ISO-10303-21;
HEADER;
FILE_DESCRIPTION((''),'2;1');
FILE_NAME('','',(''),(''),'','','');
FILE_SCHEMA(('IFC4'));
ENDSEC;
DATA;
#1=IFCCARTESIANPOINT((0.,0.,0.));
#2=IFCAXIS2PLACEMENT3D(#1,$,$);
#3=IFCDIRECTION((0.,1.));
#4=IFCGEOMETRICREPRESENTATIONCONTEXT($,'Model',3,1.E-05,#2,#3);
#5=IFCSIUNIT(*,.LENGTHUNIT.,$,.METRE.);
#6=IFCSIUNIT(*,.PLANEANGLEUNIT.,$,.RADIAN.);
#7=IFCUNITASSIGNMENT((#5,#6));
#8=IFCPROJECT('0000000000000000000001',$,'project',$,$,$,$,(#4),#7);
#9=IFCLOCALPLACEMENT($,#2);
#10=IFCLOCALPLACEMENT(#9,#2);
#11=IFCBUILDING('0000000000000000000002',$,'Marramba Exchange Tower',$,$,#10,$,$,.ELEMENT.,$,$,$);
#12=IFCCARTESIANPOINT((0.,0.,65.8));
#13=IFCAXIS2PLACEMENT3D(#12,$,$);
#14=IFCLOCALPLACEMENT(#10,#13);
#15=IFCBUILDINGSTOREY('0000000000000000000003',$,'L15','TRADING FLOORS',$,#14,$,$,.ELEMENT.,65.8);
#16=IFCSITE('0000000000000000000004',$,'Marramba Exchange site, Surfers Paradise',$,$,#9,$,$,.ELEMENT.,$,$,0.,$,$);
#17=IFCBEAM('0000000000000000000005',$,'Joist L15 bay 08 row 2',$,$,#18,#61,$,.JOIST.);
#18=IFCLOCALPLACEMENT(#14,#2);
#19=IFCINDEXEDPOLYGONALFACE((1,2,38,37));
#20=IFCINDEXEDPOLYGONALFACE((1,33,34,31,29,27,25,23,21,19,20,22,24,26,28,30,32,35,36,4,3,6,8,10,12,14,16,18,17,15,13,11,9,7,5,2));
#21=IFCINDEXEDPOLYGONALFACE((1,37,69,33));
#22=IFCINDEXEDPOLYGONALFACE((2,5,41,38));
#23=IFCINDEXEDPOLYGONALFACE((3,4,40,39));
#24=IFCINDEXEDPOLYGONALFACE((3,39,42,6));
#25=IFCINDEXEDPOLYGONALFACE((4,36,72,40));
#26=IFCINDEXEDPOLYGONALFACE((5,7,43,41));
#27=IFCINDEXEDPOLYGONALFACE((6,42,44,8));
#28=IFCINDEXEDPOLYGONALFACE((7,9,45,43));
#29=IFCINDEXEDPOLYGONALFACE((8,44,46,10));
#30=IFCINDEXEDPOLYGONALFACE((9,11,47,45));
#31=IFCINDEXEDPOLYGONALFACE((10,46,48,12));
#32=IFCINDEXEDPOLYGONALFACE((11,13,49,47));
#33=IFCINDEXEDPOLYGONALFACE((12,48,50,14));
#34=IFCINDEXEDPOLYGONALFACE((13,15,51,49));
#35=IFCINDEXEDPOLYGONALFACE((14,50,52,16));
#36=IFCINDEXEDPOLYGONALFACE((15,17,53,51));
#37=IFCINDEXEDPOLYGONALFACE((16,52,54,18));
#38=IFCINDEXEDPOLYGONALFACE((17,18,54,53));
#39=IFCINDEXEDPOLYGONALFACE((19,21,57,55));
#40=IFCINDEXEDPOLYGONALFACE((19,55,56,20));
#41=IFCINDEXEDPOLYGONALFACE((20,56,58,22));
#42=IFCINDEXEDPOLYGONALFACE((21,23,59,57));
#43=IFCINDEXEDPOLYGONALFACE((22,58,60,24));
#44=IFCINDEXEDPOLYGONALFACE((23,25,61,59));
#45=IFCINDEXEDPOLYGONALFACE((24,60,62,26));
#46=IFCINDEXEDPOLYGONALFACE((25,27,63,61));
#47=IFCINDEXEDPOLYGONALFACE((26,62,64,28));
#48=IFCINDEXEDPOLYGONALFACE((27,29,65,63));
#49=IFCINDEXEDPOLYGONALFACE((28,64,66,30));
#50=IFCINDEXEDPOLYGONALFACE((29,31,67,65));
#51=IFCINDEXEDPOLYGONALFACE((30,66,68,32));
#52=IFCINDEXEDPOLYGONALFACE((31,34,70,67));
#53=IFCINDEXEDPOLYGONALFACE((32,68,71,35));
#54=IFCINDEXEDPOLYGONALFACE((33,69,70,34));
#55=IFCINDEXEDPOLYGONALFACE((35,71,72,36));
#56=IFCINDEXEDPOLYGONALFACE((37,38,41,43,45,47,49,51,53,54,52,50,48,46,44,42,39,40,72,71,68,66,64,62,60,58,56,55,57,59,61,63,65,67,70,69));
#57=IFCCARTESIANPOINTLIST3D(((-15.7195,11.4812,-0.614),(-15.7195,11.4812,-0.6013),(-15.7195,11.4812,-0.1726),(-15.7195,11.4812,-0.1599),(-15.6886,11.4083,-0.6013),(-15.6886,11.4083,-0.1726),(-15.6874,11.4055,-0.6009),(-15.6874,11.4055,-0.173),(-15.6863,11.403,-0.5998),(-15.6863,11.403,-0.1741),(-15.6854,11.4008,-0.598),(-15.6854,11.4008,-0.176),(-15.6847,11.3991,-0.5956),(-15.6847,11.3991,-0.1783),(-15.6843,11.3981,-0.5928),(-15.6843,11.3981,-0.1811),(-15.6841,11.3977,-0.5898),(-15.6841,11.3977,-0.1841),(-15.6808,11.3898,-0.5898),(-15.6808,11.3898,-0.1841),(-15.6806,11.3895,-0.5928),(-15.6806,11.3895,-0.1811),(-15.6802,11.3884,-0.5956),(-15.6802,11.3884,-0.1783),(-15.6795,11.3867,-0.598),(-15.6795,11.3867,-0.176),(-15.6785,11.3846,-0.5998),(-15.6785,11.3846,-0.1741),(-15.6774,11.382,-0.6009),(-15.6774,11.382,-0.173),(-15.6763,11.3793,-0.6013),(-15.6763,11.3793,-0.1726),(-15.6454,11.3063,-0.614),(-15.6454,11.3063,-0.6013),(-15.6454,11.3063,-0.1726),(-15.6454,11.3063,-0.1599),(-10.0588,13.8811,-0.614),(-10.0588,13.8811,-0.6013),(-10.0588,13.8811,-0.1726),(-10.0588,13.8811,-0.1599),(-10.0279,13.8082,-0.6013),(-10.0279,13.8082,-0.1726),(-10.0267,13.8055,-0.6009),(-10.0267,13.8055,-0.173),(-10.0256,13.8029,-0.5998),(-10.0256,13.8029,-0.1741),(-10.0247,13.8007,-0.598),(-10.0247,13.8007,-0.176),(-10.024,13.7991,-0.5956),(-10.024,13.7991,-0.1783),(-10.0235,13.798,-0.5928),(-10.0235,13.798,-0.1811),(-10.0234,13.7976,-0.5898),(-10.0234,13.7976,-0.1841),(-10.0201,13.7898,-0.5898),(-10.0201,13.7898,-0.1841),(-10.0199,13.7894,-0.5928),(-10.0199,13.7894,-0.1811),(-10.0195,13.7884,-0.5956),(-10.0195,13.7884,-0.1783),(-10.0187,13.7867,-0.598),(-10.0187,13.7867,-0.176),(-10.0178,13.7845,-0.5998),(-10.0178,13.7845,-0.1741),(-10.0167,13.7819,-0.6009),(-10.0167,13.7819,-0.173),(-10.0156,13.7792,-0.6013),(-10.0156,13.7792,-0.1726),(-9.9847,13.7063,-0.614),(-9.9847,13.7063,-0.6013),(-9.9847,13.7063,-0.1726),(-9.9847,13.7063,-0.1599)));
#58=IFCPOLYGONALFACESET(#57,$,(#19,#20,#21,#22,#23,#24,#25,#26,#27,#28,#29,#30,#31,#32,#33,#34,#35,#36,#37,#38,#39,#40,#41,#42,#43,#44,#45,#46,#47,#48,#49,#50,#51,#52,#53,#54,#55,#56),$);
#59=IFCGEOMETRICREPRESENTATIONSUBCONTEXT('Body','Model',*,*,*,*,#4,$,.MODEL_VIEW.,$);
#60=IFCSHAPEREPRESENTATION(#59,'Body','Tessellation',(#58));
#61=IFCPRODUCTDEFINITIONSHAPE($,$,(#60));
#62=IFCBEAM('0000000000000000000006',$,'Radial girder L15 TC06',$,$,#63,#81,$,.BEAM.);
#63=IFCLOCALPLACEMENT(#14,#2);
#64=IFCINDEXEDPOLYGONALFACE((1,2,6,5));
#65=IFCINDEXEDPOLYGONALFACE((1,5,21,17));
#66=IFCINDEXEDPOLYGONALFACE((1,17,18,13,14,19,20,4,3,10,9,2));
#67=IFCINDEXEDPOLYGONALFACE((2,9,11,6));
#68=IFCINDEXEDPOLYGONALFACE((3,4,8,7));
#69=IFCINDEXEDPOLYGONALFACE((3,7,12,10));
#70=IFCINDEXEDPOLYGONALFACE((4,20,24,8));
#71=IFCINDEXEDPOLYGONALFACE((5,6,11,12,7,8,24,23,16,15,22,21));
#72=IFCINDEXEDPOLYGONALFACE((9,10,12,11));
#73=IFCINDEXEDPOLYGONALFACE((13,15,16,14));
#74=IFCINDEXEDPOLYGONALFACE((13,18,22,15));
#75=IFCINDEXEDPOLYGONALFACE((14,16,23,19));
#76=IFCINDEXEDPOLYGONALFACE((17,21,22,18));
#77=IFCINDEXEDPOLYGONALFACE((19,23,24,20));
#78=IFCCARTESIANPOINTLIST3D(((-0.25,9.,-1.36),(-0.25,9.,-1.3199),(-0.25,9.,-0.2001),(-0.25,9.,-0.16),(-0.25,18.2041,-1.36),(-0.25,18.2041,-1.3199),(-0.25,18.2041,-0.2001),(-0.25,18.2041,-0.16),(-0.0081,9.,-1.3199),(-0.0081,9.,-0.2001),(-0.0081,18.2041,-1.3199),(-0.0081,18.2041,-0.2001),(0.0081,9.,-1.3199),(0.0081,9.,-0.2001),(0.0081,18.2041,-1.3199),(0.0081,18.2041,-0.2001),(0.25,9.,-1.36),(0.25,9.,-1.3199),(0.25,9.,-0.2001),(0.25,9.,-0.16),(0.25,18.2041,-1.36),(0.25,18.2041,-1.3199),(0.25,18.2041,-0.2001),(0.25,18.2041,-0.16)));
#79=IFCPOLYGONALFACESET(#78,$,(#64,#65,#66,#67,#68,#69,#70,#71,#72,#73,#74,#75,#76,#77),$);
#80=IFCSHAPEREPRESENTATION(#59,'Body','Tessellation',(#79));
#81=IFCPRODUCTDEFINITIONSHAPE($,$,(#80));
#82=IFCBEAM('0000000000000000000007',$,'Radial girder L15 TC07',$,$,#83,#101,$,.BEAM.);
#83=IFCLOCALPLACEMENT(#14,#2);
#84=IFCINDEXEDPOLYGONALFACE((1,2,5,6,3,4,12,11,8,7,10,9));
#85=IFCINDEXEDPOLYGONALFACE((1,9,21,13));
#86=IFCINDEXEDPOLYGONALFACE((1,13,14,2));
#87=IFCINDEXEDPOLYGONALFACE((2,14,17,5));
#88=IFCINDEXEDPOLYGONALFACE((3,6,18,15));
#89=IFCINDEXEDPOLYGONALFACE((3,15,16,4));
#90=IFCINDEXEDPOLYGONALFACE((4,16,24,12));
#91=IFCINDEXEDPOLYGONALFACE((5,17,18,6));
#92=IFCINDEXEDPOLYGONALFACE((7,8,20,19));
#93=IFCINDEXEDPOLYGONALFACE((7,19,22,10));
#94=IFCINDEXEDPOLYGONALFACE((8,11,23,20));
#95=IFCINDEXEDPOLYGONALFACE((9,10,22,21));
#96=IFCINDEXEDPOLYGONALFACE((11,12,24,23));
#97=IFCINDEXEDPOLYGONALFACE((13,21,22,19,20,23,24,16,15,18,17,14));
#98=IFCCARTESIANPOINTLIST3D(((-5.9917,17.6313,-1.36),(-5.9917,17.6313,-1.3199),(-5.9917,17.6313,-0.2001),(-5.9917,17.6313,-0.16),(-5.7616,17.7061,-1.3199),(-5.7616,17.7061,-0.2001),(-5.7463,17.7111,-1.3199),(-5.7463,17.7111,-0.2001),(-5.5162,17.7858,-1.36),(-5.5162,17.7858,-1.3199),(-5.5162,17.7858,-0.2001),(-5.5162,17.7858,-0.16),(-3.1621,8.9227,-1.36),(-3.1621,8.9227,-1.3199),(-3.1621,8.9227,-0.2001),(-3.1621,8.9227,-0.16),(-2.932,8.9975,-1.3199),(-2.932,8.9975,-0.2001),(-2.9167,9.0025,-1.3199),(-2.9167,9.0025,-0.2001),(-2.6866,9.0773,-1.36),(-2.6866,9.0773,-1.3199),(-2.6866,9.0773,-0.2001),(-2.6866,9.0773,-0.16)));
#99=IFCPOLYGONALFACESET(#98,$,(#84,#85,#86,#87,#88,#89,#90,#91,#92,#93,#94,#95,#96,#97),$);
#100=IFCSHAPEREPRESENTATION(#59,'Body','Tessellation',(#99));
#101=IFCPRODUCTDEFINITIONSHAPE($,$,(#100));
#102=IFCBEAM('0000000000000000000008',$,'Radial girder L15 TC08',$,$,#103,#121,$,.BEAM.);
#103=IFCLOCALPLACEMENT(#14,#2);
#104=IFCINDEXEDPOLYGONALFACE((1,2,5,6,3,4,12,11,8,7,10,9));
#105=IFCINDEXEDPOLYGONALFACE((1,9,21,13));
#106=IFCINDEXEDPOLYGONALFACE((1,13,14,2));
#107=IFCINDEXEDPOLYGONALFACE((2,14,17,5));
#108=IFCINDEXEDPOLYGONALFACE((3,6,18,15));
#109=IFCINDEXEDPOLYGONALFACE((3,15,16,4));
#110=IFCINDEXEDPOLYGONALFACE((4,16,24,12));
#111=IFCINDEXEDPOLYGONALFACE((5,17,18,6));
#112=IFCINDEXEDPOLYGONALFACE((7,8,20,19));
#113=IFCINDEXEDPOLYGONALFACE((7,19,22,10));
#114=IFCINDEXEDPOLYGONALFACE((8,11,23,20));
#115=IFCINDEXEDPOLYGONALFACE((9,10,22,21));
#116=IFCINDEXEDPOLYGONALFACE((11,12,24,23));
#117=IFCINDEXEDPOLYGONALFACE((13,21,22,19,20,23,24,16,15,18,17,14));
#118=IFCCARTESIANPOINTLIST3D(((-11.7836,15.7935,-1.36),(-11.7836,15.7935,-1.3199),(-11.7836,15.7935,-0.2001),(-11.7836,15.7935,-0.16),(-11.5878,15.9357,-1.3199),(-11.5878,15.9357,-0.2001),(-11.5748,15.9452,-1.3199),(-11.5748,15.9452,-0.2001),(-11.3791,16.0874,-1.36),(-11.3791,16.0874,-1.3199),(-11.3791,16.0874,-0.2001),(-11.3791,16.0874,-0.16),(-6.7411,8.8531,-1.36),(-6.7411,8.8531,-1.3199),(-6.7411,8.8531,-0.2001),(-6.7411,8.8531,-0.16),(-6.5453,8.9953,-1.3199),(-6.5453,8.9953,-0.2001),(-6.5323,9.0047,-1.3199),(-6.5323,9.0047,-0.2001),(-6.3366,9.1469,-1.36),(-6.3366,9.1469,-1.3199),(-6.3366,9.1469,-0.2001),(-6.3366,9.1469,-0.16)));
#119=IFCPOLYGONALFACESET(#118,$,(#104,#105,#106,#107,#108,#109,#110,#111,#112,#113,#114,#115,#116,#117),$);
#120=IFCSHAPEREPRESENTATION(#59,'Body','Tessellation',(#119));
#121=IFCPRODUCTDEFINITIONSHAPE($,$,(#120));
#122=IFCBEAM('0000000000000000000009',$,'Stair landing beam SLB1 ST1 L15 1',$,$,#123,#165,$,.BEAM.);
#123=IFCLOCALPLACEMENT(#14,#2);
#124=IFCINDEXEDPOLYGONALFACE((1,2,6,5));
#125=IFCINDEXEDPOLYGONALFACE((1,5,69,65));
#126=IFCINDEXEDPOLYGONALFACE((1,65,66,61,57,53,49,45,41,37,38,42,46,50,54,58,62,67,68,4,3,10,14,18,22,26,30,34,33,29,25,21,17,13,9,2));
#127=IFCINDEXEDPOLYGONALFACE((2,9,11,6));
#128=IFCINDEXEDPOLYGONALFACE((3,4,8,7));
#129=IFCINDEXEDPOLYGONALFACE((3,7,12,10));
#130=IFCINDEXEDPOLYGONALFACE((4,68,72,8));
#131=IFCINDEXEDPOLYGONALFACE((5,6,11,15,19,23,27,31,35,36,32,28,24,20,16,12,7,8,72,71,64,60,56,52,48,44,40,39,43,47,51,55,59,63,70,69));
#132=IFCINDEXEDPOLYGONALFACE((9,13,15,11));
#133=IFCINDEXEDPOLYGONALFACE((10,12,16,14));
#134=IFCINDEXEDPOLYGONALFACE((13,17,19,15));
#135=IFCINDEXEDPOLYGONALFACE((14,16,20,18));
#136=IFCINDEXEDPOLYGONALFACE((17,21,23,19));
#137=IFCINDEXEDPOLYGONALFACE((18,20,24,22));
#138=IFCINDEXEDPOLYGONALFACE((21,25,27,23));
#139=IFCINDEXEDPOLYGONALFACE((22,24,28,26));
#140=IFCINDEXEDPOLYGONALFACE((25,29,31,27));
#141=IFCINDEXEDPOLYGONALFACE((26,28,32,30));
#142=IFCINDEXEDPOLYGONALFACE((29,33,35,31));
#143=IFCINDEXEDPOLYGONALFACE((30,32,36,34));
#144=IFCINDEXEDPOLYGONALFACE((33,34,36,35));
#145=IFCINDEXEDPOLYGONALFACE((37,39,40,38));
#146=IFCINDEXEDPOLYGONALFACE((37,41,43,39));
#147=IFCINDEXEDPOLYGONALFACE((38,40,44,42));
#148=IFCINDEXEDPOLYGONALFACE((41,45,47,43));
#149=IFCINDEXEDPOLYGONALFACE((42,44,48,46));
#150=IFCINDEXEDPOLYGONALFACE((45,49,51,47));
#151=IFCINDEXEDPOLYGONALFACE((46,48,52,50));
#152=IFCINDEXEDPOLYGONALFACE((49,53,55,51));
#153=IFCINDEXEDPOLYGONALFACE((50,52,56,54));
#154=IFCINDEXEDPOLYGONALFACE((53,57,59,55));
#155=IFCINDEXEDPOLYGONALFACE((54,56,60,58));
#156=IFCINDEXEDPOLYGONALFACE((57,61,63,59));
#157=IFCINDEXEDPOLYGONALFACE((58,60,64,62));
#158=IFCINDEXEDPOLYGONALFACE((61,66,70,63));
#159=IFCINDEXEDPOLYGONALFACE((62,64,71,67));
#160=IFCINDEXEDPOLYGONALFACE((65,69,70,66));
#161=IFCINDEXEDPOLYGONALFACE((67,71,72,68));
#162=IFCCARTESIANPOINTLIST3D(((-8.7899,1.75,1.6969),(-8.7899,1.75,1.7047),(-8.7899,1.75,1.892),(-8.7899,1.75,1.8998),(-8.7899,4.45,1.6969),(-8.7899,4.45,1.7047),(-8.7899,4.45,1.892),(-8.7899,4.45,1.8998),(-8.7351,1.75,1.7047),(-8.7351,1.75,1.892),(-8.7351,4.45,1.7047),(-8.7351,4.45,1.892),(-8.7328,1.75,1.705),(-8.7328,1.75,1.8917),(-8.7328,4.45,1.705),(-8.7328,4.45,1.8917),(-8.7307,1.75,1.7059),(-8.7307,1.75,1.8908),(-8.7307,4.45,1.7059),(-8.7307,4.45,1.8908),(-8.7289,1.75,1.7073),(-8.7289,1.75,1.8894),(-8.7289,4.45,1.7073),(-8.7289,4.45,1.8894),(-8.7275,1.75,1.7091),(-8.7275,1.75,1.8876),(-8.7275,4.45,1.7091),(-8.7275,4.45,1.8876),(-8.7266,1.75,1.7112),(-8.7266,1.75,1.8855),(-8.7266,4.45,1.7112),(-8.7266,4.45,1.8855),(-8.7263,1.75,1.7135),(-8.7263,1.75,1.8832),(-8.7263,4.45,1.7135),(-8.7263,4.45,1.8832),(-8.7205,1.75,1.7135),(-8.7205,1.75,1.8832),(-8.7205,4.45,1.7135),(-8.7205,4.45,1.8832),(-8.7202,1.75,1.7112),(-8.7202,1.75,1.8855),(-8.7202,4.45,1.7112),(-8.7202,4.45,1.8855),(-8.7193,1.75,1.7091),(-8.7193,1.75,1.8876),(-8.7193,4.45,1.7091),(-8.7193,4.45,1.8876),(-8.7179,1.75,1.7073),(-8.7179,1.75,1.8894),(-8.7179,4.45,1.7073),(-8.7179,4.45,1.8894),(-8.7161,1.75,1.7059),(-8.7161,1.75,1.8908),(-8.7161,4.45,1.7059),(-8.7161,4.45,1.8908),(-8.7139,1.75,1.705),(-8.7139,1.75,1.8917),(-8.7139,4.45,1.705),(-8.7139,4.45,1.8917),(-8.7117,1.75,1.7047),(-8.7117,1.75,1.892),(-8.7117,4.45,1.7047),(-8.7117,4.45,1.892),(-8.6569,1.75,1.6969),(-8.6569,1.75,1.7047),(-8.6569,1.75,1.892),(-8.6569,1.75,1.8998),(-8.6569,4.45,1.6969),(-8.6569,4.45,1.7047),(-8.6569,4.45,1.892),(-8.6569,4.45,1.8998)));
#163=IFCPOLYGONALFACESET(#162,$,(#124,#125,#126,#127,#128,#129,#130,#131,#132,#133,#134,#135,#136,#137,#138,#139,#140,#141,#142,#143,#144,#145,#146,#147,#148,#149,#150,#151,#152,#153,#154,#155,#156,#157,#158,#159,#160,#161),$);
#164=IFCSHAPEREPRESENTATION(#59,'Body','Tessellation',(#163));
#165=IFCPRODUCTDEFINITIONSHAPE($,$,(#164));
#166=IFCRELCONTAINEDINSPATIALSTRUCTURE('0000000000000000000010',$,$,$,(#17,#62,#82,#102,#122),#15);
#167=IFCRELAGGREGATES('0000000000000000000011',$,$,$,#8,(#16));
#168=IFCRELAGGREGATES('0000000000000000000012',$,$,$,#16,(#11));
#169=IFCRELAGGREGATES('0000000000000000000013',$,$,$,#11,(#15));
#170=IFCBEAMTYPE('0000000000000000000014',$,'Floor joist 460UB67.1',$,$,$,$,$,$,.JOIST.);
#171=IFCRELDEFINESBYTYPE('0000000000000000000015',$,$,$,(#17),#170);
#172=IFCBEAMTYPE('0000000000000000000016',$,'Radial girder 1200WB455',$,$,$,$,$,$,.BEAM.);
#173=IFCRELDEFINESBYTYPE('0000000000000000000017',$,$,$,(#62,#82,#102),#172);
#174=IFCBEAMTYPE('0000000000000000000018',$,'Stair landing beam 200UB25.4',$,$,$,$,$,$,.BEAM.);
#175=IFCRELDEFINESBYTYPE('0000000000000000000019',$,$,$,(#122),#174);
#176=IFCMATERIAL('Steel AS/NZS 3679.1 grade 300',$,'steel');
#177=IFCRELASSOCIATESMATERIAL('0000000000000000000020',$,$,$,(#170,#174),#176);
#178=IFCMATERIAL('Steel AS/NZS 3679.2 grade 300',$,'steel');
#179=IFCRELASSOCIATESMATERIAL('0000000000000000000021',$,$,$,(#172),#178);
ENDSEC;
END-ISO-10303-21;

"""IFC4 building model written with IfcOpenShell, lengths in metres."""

from ifc_helpers import new_model, si_unit, direction, frame, origin, origin_2d, place, context, subcontext, project, spatial, i_section, extrude, material, material_profile, profile_set, type_object, element, save


model = new_model("IFC4")

# Units and contexts
model_context = context("Model", 3, precision=1e-05, world=origin(), true_north=direction((0.0, 1.0)))
body_context = subcontext(model_context, "Body", "Model", "MODEL_VIEW")
ifc_project = project(units=[si_unit("LENGTHUNIT", "METRE"), si_unit("PLANEANGLEUNIT", "RADIAN")], contexts=[model_context])

# Site, building, storey
site_placement = place(None, origin())
site = spatial("IfcSite", under=ifc_project, at=site_placement, Name="Marramba Exchange site, Surfers Paradise", CompositionType="ELEMENT", RefElevation=0.0)
building_placement = place(site_placement, origin())
building = spatial("IfcBuilding", under=site, at=building_placement, Name="Marramba Exchange Tower", CompositionType="ELEMENT")
storey_placement = place(building_placement, frame((0.0, 0.0, 65.8)))
storey = spatial("IfcBuildingStorey", under=building, at=storey_placement, Name="L15", Description="TRADING FLOORS", CompositionType="ELEMENT", Elevation=65.8)

# Beams
ifc_material_1 = material(Name="Steel AS/NZS 3679.1 grade 300", Category="steel")
ifc_material_profile_1 = material_profile(ifc_material_1, i_section(OverallWidth=0.1899, OverallDepth=0.4541, WebThickness=0.0085, FlangeThickness=0.0127, FilletRadius=0.0115, at=origin_2d()), Name="460UB67.1")
ifc_profile_set_1 = profile_set([ifc_material_profile_1], Name="Steel AS/NZS 3679.1 grade 300")
beam_type_1 = type_object("IfcBeamType", Name="Floor joist 460UB67.1", PredefinedType="JOIST", material=ifc_profile_set_1)
beam_1_placement = place(storey_placement, frame((-10.0217, 13.7937, -0.387), z_axis=(-0.920674, -0.390332, 0.0), x_axis=(0.390332, -0.920674, 0.0)))
element("IfcBeam", 1, at=beam_1_placement, inside=storey, type_object=beam_type_1, Name="Joist L15 bay 08 row 2", PredefinedType="JOIST", context=body_context, shape_type="SweptSolid", body=[
    extrude(i_section(OverallWidth=0.1899, OverallDepth=0.4541, WebThickness=0.0085, FlangeThickness=0.0127, FilletRadius=0.0115, at=origin_2d()), origin(), (0.0, 0.0, 1.0), 6.1484),
])
ifc_material_2 = material(Name="Steel AS/NZS 3679.2 grade 300", Category="steel")
ifc_material_profile_2 = material_profile(ifc_material_2, i_section(OverallWidth=0.5, OverallDepth=1.2, WebThickness=0.0161, FlangeThickness=0.04, at=origin_2d()), Name="1200WB455")
ifc_profile_set_2 = profile_set([ifc_material_profile_2], Name="Steel AS/NZS 3679.2 grade 300")
beam_type_2 = type_object("IfcBeamType", Name="Radial girder 1200WB455", PredefinedType="BEAM", material=ifc_profile_set_2)
beam_2_placement = place(storey_placement, frame((0.0, 9.0, -0.76), z_axis=(0.0, 1.0, 0.0), x_axis=(-1.0, 0.0, 0.0)))
element("IfcBeam", 2, at=beam_2_placement, inside=storey, type_object=beam_type_2, Name="Radial girder L15 TC06", PredefinedType="BEAM", context=body_context, shape_type="SweptSolid", body=[
    extrude(i_section(OverallWidth=0.5, OverallDepth=1.2, WebThickness=0.0161, FlangeThickness=0.04, at=origin_2d()), origin(), (0.0, 0.0, 1.0), 9.2041),
])
beam_3_placement = place(storey_placement, frame((-2.9243, 9.0, -0.76), z_axis=(-0.30902, 0.951056, 0.0), x_axis=(-0.951056, -0.30902, 0.0)))
element("IfcBeam", 3, at=beam_3_placement, inside=storey, type_object=beam_type_2, Name="Radial girder L15 TC07", PredefinedType="BEAM", context=body_context, shape_type="SweptSolid", body=[
    extrude(i_section(OverallWidth=0.5, OverallDepth=1.2, WebThickness=0.0161, FlangeThickness=0.04, at=origin_2d()), origin(), (0.0, 0.0, 1.0), 9.1567),
])
beam_4_placement = place(storey_placement, frame((-6.5388, 9.0, -0.76), z_axis=(-0.587782, 0.809019, 0.0), x_axis=(-0.809019, -0.587782, 0.0)))
element("IfcBeam", 4, at=beam_4_placement, inside=storey, type_object=beam_type_2, Name="Radial girder L15 TC08", PredefinedType="BEAM", context=body_context, shape_type="SweptSolid", body=[
    extrude(i_section(OverallWidth=0.5, OverallDepth=1.2, WebThickness=0.0161, FlangeThickness=0.04, at=origin_2d()), origin(), (0.0, 0.0, 1.0), 8.5789),
])
ifc_material_profile_3 = material_profile(ifc_material_1, i_section(OverallWidth=0.1331, OverallDepth=0.2029, WebThickness=0.0059, FlangeThickness=0.0078, FilletRadius=0.0088, at=origin_2d()), Name="200UB25.4")
ifc_profile_set_3 = profile_set([ifc_material_profile_3], Name="Steel AS/NZS 3679.1 grade 300")
beam_type_3 = type_object("IfcBeamType", Name="Stair landing beam 200UB25.4", PredefinedType="BEAM", material=ifc_profile_set_3)
for number, where, z_axis, x_axis, name in (
    (5, (-8.7234, 1.75, 1.7983), (0.0, 1.0, 0.0), (-1.0, 0.0, 0.0), "Stair landing beam SLB1 ST1 L15 1"),
):
    element("IfcBeam", number, at=place(storey_placement, frame(where, z_axis=z_axis, x_axis=x_axis)), inside=storey, type_object=beam_type_3, Name=name, PredefinedType="BEAM", context=body_context, shape_type="SweptSolid", body=[
        extrude(i_section(OverallWidth=0.1331, OverallDepth=0.2029, WebThickness=0.0059, FlangeThickness=0.0078, FilletRadius=0.0088, at=origin_2d()), origin(), (0.0, 0.0, 1.0), 2.7),
    ])

save(model, "model.ifc")
